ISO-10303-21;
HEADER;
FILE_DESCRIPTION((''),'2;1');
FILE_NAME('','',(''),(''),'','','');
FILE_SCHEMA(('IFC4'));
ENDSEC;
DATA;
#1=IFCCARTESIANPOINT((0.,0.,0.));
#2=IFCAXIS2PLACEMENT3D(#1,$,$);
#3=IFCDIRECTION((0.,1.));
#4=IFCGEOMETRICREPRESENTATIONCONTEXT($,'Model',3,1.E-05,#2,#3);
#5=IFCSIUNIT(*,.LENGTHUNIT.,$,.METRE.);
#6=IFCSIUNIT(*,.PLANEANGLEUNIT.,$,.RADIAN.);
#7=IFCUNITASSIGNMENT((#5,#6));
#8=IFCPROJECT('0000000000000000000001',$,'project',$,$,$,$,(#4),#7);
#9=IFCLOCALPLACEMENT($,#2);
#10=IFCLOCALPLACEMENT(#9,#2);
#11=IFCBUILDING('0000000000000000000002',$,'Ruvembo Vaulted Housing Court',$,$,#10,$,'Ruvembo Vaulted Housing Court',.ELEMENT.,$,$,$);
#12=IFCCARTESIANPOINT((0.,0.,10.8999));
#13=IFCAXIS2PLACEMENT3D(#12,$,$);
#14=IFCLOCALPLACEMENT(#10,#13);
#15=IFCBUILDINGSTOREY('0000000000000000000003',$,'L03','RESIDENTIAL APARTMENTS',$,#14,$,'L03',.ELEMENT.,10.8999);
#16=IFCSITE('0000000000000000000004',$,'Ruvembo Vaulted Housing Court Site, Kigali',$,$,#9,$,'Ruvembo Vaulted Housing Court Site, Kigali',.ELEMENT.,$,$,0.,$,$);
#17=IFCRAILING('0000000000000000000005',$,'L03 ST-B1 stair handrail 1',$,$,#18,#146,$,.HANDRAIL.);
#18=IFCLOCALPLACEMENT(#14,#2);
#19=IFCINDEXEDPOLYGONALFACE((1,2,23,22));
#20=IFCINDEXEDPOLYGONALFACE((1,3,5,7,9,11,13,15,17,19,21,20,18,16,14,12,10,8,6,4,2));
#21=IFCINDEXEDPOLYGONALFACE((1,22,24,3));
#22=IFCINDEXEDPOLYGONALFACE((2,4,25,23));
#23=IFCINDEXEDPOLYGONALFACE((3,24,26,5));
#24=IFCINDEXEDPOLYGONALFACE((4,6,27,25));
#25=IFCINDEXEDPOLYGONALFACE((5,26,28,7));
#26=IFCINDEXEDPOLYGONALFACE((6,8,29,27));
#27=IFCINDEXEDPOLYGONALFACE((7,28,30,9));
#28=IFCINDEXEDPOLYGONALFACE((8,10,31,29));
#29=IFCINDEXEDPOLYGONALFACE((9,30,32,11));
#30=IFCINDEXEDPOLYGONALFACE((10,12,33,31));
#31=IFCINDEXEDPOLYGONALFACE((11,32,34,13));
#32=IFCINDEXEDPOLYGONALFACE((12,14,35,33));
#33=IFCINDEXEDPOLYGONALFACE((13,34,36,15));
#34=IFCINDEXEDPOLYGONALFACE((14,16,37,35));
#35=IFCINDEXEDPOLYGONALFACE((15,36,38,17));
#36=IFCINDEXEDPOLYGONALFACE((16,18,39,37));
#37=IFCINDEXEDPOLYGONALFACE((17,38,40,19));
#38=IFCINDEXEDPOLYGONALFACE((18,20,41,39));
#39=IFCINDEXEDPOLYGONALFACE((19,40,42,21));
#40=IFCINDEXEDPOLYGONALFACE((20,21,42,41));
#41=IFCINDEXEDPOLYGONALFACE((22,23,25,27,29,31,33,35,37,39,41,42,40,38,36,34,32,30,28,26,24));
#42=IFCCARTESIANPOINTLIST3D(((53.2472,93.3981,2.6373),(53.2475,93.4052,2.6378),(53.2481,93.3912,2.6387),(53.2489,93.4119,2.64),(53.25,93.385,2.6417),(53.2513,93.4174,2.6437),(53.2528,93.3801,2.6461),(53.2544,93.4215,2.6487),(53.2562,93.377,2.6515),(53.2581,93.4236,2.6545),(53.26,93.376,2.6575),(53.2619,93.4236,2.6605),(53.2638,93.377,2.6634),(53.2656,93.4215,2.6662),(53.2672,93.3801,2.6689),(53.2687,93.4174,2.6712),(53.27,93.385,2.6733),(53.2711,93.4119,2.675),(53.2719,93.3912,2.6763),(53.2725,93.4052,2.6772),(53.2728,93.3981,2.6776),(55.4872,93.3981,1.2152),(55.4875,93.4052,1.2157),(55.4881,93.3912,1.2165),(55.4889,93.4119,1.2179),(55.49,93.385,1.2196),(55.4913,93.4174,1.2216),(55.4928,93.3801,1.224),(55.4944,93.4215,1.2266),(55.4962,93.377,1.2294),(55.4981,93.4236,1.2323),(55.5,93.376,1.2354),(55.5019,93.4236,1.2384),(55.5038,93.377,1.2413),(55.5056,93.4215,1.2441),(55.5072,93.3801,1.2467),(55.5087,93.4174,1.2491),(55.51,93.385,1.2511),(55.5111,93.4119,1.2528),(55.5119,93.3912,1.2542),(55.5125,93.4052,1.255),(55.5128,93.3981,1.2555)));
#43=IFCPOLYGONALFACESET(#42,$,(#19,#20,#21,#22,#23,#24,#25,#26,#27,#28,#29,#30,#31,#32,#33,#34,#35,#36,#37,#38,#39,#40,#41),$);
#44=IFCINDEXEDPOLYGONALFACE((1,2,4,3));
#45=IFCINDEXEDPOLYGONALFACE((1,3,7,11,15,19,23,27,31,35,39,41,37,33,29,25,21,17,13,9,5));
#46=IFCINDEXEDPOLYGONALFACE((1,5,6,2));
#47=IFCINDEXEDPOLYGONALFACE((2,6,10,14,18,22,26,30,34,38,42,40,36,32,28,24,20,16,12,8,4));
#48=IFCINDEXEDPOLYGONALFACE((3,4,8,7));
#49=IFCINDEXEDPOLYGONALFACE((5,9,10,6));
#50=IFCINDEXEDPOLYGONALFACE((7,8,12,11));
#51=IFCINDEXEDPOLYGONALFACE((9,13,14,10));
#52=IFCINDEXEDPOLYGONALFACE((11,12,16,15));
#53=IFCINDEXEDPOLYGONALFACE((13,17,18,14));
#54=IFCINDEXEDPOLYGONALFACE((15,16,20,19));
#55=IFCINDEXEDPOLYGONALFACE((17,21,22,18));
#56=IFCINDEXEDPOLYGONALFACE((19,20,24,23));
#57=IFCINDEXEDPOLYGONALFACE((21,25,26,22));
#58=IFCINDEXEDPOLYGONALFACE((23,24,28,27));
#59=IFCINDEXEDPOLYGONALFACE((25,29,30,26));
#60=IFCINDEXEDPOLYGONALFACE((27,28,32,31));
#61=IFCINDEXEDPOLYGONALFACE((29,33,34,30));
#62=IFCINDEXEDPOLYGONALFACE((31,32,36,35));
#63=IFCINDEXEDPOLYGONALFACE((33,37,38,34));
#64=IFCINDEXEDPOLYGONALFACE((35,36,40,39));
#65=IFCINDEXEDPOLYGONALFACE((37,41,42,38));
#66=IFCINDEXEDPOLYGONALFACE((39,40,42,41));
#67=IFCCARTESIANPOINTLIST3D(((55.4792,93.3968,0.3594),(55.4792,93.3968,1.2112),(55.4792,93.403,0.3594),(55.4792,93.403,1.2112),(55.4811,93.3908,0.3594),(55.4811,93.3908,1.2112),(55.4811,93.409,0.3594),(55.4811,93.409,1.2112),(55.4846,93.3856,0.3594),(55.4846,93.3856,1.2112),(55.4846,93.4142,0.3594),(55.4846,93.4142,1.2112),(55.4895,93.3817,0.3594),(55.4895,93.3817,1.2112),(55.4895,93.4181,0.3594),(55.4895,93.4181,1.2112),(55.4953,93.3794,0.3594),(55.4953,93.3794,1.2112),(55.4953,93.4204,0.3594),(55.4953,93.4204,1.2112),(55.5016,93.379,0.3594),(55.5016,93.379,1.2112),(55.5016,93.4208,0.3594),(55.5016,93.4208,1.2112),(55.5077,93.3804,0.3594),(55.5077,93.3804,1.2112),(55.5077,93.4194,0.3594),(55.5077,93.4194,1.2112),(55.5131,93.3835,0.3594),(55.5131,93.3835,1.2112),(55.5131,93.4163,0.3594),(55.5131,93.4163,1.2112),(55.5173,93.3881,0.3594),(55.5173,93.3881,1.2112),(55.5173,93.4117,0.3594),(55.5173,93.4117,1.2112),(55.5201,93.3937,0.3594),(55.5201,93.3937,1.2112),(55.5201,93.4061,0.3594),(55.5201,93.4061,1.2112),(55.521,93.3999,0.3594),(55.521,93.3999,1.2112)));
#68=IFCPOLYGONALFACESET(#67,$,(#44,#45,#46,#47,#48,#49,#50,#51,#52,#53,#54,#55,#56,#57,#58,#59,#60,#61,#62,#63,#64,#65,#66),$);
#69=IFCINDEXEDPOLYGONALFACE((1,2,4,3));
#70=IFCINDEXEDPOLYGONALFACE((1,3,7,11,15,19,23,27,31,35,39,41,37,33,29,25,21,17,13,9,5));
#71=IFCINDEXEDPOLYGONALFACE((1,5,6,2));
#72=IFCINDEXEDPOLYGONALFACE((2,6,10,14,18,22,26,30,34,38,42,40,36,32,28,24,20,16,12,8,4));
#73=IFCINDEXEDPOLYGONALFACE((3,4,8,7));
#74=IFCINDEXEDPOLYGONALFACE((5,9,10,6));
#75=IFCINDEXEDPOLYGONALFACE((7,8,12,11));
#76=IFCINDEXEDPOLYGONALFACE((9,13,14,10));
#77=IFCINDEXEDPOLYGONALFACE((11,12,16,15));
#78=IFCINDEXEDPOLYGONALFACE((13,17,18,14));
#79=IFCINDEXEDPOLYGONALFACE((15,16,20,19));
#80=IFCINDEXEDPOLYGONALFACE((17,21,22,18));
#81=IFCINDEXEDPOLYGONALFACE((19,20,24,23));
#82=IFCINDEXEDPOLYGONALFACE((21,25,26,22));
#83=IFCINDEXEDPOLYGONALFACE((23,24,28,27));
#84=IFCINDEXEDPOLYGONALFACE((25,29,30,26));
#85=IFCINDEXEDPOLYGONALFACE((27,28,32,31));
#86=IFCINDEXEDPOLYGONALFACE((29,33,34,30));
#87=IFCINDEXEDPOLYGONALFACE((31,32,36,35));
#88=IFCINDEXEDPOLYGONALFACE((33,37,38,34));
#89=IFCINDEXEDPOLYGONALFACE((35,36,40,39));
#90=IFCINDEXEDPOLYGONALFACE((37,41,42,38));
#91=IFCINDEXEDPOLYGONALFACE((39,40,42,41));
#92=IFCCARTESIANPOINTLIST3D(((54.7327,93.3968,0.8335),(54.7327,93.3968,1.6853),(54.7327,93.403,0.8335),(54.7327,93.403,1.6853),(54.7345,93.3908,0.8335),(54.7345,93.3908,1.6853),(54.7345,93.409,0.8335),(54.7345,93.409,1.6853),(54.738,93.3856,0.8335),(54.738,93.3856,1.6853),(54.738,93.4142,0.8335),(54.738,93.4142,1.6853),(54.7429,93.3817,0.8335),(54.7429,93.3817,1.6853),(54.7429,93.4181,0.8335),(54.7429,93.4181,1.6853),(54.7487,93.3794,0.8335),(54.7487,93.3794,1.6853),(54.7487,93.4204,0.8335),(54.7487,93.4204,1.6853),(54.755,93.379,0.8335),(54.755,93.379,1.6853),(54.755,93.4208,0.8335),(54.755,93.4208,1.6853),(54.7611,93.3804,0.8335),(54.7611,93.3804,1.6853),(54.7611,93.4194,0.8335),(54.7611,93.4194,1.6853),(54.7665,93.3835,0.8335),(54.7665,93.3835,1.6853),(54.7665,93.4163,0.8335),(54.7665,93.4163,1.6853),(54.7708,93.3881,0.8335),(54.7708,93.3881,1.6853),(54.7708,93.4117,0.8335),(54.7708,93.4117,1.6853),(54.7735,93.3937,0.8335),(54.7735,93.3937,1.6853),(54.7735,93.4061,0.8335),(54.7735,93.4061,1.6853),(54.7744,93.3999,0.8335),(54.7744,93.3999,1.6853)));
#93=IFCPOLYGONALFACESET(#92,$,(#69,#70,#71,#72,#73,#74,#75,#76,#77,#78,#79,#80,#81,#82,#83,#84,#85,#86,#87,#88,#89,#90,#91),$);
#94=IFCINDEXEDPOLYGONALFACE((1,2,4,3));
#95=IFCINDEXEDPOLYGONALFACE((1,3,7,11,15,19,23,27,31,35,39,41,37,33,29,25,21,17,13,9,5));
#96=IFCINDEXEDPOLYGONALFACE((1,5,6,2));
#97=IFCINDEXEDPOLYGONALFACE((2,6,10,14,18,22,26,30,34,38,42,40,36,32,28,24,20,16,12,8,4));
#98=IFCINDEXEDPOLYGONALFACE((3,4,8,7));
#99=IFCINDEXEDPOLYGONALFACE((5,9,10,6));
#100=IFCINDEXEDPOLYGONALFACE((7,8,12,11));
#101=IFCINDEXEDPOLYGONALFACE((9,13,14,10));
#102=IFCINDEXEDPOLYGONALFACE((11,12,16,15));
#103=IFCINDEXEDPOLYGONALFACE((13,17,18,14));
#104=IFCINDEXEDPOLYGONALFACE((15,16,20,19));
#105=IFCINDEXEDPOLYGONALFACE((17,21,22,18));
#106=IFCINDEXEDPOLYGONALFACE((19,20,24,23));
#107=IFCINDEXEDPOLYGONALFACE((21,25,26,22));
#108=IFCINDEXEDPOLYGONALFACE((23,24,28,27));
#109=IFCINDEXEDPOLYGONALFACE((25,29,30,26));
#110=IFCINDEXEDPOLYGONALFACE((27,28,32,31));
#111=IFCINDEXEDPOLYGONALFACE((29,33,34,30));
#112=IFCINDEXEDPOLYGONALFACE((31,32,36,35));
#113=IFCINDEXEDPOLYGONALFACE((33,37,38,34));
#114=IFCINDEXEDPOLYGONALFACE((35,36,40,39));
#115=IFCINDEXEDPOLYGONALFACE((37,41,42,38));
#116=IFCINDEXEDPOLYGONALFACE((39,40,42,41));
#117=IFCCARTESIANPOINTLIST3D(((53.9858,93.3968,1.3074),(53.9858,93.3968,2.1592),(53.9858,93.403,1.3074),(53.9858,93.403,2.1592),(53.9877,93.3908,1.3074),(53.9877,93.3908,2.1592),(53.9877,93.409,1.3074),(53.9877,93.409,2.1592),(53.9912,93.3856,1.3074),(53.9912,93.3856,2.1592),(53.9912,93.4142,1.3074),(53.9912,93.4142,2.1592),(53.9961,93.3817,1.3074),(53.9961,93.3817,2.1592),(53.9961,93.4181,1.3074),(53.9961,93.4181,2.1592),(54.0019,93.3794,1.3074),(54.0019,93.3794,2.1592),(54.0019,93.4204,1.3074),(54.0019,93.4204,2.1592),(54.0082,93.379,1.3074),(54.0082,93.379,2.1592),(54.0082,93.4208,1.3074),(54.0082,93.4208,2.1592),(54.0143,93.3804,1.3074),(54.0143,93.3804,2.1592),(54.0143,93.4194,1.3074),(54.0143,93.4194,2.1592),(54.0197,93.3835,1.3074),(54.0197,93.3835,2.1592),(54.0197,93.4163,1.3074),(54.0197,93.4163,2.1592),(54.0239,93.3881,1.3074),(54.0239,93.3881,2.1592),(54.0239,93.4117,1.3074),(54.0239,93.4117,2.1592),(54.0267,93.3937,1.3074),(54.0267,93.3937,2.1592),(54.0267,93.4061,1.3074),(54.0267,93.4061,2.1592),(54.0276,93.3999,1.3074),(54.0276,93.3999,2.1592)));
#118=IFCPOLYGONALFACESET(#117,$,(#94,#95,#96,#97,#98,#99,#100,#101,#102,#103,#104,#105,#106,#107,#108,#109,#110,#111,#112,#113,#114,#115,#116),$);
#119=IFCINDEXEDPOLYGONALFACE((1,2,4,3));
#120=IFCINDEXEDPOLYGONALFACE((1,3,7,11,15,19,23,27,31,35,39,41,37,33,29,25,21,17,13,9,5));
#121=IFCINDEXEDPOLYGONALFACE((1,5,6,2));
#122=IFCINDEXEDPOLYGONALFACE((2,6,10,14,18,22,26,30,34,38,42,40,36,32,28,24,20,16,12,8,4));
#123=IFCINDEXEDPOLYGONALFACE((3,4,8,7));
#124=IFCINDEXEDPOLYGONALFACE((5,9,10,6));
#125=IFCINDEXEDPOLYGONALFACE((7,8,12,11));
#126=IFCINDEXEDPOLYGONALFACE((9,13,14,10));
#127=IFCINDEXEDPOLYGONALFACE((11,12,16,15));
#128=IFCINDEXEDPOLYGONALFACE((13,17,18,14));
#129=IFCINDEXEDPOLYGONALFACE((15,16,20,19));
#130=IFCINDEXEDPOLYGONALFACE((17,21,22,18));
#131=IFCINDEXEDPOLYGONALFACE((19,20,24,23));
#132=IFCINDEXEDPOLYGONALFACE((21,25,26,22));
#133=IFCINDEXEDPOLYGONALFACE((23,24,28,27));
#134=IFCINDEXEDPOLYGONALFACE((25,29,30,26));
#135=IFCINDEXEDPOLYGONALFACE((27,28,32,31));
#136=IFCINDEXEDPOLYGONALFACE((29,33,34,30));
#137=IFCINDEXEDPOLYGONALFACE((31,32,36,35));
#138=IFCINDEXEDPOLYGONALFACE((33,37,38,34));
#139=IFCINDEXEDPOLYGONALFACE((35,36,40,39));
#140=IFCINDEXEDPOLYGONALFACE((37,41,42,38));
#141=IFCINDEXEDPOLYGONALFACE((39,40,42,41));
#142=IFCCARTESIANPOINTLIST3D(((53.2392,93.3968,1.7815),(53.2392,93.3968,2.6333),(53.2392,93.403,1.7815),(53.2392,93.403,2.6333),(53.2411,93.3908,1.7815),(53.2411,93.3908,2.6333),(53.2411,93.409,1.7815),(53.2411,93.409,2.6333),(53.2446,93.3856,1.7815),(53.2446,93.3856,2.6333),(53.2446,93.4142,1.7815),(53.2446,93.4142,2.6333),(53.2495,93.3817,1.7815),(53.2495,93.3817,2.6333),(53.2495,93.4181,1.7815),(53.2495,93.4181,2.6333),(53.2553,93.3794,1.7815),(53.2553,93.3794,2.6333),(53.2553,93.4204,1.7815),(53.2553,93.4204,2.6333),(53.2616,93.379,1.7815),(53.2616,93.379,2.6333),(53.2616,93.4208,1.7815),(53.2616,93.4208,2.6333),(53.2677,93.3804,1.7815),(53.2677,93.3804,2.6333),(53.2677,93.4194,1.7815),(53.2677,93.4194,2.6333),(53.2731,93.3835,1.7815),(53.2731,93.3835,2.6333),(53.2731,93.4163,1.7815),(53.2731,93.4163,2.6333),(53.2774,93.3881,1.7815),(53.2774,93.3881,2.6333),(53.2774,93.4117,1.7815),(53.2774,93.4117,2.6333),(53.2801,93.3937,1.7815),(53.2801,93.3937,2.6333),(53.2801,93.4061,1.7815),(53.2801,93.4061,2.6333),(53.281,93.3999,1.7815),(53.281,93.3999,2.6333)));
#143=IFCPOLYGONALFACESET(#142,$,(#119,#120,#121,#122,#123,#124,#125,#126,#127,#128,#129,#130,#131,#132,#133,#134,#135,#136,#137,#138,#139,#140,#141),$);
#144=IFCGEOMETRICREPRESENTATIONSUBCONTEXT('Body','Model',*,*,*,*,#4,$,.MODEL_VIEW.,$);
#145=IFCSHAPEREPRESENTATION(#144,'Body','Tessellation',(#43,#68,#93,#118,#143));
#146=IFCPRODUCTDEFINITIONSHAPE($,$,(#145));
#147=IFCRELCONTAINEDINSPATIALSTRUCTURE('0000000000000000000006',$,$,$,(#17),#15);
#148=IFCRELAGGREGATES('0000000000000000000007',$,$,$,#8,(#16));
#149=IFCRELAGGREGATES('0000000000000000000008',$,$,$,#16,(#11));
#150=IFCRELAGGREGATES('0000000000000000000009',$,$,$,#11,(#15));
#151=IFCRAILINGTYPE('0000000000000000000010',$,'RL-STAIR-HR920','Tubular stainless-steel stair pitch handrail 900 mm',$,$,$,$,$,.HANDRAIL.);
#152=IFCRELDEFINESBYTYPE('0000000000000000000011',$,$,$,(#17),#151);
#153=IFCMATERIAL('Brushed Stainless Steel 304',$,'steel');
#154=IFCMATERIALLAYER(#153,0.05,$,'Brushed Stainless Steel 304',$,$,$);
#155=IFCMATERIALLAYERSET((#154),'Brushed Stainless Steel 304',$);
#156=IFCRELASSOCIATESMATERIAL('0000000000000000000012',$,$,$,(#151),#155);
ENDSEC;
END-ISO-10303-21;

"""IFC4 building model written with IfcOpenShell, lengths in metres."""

from ifc_helpers import new_model, si_unit, direction, frame, origin, origin_2d, place, context, subcontext, project, spatial, circle, extrude, material, layer, layer_set, type_object, element, save


model = new_model("IFC4")

# Units and contexts
model_context = context("Model", 3, precision=1e-05, world=origin(), true_north=direction((0.0, 1.0)))
body_context = subcontext(model_context, "Body", "Model", "MODEL_VIEW")
ifc_project = project(units=[si_unit("LENGTHUNIT", "METRE"), si_unit("PLANEANGLEUNIT", "RADIAN")], contexts=[model_context])

# Site, building, storey
site_placement = place(None, origin())
site = spatial("IfcSite", under=ifc_project, at=site_placement, Name="Ruvembo Vaulted Housing Court Site, Kigali", LongName="Ruvembo Vaulted Housing Court Site, Kigali", CompositionType="ELEMENT", RefElevation=0.0)
building_placement = place(site_placement, origin())
building = spatial("IfcBuilding", under=site, at=building_placement, Name="Ruvembo Vaulted Housing Court", LongName="Ruvembo Vaulted Housing Court", CompositionType="ELEMENT")
storey_placement = place(building_placement, frame((0.0, 0.0, 10.8999)))
storey = spatial("IfcBuildingStorey", under=building, at=storey_placement, Name="L03", Description="RESIDENTIAL APARTMENTS", LongName="L03", CompositionType="ELEMENT", Elevation=10.8999)

# Shared definitions
ifc_material_1 = material(Name="Brushed Stainless Steel 304", Category="steel")

# Railing
ifc_layer_1 = layer(ifc_material_1, 0.05, Name="Brushed Stainless Steel 304")
ifc_layer_set_1 = layer_set([ifc_layer_1], Name="Brushed Stainless Steel 304")
railing_type = type_object("IfcRailingType", Name="RL-STAIR-HR920", Description="Tubular stainless-steel stair pitch handrail 900 mm", PredefinedType="HANDRAIL", material=ifc_layer_set_1)
railing_placement = place(storey_placement, frame((55.5, 93.3999, 0.3594)))
element("IfcRailing", 1, at=railing_placement, inside=storey, type_object=railing_type, Name="L03 ST-B1 stair handrail 1", PredefinedType="HANDRAIL", context=body_context, shape_type="SweptSolid", body=[
    extrude(circle(Radius=0.0239, at=origin_2d()), frame((0.0, 0.0, 0.876), z_axis=(-0.844229, 0.0, 0.535982), x_axis=(0.0, -1.0, 0.0)), (0.0, 0.0, 1.0), 2.6533),
    extrude(circle(Radius=0.021, at=origin_2d()), origin(), (0.0, 0.0, 1.0), 0.8518),
    extrude(circle(Radius=0.021, at=origin_2d()), frame((-0.7466, 0.0, 0.4741)), (0.0, 0.0, 1.0), 0.8518),
    extrude(circle(Radius=0.021, at=origin_2d()), frame((-1.4934, 0.0, 0.948)), (0.0, 0.0, 1.0), 0.8518),
    extrude(circle(Radius=0.021, at=origin_2d()), frame((-2.24, 0.0, 1.4221)), (0.0, 0.0, 1.0), 0.8518),
])

save(model, "model.ifc")
